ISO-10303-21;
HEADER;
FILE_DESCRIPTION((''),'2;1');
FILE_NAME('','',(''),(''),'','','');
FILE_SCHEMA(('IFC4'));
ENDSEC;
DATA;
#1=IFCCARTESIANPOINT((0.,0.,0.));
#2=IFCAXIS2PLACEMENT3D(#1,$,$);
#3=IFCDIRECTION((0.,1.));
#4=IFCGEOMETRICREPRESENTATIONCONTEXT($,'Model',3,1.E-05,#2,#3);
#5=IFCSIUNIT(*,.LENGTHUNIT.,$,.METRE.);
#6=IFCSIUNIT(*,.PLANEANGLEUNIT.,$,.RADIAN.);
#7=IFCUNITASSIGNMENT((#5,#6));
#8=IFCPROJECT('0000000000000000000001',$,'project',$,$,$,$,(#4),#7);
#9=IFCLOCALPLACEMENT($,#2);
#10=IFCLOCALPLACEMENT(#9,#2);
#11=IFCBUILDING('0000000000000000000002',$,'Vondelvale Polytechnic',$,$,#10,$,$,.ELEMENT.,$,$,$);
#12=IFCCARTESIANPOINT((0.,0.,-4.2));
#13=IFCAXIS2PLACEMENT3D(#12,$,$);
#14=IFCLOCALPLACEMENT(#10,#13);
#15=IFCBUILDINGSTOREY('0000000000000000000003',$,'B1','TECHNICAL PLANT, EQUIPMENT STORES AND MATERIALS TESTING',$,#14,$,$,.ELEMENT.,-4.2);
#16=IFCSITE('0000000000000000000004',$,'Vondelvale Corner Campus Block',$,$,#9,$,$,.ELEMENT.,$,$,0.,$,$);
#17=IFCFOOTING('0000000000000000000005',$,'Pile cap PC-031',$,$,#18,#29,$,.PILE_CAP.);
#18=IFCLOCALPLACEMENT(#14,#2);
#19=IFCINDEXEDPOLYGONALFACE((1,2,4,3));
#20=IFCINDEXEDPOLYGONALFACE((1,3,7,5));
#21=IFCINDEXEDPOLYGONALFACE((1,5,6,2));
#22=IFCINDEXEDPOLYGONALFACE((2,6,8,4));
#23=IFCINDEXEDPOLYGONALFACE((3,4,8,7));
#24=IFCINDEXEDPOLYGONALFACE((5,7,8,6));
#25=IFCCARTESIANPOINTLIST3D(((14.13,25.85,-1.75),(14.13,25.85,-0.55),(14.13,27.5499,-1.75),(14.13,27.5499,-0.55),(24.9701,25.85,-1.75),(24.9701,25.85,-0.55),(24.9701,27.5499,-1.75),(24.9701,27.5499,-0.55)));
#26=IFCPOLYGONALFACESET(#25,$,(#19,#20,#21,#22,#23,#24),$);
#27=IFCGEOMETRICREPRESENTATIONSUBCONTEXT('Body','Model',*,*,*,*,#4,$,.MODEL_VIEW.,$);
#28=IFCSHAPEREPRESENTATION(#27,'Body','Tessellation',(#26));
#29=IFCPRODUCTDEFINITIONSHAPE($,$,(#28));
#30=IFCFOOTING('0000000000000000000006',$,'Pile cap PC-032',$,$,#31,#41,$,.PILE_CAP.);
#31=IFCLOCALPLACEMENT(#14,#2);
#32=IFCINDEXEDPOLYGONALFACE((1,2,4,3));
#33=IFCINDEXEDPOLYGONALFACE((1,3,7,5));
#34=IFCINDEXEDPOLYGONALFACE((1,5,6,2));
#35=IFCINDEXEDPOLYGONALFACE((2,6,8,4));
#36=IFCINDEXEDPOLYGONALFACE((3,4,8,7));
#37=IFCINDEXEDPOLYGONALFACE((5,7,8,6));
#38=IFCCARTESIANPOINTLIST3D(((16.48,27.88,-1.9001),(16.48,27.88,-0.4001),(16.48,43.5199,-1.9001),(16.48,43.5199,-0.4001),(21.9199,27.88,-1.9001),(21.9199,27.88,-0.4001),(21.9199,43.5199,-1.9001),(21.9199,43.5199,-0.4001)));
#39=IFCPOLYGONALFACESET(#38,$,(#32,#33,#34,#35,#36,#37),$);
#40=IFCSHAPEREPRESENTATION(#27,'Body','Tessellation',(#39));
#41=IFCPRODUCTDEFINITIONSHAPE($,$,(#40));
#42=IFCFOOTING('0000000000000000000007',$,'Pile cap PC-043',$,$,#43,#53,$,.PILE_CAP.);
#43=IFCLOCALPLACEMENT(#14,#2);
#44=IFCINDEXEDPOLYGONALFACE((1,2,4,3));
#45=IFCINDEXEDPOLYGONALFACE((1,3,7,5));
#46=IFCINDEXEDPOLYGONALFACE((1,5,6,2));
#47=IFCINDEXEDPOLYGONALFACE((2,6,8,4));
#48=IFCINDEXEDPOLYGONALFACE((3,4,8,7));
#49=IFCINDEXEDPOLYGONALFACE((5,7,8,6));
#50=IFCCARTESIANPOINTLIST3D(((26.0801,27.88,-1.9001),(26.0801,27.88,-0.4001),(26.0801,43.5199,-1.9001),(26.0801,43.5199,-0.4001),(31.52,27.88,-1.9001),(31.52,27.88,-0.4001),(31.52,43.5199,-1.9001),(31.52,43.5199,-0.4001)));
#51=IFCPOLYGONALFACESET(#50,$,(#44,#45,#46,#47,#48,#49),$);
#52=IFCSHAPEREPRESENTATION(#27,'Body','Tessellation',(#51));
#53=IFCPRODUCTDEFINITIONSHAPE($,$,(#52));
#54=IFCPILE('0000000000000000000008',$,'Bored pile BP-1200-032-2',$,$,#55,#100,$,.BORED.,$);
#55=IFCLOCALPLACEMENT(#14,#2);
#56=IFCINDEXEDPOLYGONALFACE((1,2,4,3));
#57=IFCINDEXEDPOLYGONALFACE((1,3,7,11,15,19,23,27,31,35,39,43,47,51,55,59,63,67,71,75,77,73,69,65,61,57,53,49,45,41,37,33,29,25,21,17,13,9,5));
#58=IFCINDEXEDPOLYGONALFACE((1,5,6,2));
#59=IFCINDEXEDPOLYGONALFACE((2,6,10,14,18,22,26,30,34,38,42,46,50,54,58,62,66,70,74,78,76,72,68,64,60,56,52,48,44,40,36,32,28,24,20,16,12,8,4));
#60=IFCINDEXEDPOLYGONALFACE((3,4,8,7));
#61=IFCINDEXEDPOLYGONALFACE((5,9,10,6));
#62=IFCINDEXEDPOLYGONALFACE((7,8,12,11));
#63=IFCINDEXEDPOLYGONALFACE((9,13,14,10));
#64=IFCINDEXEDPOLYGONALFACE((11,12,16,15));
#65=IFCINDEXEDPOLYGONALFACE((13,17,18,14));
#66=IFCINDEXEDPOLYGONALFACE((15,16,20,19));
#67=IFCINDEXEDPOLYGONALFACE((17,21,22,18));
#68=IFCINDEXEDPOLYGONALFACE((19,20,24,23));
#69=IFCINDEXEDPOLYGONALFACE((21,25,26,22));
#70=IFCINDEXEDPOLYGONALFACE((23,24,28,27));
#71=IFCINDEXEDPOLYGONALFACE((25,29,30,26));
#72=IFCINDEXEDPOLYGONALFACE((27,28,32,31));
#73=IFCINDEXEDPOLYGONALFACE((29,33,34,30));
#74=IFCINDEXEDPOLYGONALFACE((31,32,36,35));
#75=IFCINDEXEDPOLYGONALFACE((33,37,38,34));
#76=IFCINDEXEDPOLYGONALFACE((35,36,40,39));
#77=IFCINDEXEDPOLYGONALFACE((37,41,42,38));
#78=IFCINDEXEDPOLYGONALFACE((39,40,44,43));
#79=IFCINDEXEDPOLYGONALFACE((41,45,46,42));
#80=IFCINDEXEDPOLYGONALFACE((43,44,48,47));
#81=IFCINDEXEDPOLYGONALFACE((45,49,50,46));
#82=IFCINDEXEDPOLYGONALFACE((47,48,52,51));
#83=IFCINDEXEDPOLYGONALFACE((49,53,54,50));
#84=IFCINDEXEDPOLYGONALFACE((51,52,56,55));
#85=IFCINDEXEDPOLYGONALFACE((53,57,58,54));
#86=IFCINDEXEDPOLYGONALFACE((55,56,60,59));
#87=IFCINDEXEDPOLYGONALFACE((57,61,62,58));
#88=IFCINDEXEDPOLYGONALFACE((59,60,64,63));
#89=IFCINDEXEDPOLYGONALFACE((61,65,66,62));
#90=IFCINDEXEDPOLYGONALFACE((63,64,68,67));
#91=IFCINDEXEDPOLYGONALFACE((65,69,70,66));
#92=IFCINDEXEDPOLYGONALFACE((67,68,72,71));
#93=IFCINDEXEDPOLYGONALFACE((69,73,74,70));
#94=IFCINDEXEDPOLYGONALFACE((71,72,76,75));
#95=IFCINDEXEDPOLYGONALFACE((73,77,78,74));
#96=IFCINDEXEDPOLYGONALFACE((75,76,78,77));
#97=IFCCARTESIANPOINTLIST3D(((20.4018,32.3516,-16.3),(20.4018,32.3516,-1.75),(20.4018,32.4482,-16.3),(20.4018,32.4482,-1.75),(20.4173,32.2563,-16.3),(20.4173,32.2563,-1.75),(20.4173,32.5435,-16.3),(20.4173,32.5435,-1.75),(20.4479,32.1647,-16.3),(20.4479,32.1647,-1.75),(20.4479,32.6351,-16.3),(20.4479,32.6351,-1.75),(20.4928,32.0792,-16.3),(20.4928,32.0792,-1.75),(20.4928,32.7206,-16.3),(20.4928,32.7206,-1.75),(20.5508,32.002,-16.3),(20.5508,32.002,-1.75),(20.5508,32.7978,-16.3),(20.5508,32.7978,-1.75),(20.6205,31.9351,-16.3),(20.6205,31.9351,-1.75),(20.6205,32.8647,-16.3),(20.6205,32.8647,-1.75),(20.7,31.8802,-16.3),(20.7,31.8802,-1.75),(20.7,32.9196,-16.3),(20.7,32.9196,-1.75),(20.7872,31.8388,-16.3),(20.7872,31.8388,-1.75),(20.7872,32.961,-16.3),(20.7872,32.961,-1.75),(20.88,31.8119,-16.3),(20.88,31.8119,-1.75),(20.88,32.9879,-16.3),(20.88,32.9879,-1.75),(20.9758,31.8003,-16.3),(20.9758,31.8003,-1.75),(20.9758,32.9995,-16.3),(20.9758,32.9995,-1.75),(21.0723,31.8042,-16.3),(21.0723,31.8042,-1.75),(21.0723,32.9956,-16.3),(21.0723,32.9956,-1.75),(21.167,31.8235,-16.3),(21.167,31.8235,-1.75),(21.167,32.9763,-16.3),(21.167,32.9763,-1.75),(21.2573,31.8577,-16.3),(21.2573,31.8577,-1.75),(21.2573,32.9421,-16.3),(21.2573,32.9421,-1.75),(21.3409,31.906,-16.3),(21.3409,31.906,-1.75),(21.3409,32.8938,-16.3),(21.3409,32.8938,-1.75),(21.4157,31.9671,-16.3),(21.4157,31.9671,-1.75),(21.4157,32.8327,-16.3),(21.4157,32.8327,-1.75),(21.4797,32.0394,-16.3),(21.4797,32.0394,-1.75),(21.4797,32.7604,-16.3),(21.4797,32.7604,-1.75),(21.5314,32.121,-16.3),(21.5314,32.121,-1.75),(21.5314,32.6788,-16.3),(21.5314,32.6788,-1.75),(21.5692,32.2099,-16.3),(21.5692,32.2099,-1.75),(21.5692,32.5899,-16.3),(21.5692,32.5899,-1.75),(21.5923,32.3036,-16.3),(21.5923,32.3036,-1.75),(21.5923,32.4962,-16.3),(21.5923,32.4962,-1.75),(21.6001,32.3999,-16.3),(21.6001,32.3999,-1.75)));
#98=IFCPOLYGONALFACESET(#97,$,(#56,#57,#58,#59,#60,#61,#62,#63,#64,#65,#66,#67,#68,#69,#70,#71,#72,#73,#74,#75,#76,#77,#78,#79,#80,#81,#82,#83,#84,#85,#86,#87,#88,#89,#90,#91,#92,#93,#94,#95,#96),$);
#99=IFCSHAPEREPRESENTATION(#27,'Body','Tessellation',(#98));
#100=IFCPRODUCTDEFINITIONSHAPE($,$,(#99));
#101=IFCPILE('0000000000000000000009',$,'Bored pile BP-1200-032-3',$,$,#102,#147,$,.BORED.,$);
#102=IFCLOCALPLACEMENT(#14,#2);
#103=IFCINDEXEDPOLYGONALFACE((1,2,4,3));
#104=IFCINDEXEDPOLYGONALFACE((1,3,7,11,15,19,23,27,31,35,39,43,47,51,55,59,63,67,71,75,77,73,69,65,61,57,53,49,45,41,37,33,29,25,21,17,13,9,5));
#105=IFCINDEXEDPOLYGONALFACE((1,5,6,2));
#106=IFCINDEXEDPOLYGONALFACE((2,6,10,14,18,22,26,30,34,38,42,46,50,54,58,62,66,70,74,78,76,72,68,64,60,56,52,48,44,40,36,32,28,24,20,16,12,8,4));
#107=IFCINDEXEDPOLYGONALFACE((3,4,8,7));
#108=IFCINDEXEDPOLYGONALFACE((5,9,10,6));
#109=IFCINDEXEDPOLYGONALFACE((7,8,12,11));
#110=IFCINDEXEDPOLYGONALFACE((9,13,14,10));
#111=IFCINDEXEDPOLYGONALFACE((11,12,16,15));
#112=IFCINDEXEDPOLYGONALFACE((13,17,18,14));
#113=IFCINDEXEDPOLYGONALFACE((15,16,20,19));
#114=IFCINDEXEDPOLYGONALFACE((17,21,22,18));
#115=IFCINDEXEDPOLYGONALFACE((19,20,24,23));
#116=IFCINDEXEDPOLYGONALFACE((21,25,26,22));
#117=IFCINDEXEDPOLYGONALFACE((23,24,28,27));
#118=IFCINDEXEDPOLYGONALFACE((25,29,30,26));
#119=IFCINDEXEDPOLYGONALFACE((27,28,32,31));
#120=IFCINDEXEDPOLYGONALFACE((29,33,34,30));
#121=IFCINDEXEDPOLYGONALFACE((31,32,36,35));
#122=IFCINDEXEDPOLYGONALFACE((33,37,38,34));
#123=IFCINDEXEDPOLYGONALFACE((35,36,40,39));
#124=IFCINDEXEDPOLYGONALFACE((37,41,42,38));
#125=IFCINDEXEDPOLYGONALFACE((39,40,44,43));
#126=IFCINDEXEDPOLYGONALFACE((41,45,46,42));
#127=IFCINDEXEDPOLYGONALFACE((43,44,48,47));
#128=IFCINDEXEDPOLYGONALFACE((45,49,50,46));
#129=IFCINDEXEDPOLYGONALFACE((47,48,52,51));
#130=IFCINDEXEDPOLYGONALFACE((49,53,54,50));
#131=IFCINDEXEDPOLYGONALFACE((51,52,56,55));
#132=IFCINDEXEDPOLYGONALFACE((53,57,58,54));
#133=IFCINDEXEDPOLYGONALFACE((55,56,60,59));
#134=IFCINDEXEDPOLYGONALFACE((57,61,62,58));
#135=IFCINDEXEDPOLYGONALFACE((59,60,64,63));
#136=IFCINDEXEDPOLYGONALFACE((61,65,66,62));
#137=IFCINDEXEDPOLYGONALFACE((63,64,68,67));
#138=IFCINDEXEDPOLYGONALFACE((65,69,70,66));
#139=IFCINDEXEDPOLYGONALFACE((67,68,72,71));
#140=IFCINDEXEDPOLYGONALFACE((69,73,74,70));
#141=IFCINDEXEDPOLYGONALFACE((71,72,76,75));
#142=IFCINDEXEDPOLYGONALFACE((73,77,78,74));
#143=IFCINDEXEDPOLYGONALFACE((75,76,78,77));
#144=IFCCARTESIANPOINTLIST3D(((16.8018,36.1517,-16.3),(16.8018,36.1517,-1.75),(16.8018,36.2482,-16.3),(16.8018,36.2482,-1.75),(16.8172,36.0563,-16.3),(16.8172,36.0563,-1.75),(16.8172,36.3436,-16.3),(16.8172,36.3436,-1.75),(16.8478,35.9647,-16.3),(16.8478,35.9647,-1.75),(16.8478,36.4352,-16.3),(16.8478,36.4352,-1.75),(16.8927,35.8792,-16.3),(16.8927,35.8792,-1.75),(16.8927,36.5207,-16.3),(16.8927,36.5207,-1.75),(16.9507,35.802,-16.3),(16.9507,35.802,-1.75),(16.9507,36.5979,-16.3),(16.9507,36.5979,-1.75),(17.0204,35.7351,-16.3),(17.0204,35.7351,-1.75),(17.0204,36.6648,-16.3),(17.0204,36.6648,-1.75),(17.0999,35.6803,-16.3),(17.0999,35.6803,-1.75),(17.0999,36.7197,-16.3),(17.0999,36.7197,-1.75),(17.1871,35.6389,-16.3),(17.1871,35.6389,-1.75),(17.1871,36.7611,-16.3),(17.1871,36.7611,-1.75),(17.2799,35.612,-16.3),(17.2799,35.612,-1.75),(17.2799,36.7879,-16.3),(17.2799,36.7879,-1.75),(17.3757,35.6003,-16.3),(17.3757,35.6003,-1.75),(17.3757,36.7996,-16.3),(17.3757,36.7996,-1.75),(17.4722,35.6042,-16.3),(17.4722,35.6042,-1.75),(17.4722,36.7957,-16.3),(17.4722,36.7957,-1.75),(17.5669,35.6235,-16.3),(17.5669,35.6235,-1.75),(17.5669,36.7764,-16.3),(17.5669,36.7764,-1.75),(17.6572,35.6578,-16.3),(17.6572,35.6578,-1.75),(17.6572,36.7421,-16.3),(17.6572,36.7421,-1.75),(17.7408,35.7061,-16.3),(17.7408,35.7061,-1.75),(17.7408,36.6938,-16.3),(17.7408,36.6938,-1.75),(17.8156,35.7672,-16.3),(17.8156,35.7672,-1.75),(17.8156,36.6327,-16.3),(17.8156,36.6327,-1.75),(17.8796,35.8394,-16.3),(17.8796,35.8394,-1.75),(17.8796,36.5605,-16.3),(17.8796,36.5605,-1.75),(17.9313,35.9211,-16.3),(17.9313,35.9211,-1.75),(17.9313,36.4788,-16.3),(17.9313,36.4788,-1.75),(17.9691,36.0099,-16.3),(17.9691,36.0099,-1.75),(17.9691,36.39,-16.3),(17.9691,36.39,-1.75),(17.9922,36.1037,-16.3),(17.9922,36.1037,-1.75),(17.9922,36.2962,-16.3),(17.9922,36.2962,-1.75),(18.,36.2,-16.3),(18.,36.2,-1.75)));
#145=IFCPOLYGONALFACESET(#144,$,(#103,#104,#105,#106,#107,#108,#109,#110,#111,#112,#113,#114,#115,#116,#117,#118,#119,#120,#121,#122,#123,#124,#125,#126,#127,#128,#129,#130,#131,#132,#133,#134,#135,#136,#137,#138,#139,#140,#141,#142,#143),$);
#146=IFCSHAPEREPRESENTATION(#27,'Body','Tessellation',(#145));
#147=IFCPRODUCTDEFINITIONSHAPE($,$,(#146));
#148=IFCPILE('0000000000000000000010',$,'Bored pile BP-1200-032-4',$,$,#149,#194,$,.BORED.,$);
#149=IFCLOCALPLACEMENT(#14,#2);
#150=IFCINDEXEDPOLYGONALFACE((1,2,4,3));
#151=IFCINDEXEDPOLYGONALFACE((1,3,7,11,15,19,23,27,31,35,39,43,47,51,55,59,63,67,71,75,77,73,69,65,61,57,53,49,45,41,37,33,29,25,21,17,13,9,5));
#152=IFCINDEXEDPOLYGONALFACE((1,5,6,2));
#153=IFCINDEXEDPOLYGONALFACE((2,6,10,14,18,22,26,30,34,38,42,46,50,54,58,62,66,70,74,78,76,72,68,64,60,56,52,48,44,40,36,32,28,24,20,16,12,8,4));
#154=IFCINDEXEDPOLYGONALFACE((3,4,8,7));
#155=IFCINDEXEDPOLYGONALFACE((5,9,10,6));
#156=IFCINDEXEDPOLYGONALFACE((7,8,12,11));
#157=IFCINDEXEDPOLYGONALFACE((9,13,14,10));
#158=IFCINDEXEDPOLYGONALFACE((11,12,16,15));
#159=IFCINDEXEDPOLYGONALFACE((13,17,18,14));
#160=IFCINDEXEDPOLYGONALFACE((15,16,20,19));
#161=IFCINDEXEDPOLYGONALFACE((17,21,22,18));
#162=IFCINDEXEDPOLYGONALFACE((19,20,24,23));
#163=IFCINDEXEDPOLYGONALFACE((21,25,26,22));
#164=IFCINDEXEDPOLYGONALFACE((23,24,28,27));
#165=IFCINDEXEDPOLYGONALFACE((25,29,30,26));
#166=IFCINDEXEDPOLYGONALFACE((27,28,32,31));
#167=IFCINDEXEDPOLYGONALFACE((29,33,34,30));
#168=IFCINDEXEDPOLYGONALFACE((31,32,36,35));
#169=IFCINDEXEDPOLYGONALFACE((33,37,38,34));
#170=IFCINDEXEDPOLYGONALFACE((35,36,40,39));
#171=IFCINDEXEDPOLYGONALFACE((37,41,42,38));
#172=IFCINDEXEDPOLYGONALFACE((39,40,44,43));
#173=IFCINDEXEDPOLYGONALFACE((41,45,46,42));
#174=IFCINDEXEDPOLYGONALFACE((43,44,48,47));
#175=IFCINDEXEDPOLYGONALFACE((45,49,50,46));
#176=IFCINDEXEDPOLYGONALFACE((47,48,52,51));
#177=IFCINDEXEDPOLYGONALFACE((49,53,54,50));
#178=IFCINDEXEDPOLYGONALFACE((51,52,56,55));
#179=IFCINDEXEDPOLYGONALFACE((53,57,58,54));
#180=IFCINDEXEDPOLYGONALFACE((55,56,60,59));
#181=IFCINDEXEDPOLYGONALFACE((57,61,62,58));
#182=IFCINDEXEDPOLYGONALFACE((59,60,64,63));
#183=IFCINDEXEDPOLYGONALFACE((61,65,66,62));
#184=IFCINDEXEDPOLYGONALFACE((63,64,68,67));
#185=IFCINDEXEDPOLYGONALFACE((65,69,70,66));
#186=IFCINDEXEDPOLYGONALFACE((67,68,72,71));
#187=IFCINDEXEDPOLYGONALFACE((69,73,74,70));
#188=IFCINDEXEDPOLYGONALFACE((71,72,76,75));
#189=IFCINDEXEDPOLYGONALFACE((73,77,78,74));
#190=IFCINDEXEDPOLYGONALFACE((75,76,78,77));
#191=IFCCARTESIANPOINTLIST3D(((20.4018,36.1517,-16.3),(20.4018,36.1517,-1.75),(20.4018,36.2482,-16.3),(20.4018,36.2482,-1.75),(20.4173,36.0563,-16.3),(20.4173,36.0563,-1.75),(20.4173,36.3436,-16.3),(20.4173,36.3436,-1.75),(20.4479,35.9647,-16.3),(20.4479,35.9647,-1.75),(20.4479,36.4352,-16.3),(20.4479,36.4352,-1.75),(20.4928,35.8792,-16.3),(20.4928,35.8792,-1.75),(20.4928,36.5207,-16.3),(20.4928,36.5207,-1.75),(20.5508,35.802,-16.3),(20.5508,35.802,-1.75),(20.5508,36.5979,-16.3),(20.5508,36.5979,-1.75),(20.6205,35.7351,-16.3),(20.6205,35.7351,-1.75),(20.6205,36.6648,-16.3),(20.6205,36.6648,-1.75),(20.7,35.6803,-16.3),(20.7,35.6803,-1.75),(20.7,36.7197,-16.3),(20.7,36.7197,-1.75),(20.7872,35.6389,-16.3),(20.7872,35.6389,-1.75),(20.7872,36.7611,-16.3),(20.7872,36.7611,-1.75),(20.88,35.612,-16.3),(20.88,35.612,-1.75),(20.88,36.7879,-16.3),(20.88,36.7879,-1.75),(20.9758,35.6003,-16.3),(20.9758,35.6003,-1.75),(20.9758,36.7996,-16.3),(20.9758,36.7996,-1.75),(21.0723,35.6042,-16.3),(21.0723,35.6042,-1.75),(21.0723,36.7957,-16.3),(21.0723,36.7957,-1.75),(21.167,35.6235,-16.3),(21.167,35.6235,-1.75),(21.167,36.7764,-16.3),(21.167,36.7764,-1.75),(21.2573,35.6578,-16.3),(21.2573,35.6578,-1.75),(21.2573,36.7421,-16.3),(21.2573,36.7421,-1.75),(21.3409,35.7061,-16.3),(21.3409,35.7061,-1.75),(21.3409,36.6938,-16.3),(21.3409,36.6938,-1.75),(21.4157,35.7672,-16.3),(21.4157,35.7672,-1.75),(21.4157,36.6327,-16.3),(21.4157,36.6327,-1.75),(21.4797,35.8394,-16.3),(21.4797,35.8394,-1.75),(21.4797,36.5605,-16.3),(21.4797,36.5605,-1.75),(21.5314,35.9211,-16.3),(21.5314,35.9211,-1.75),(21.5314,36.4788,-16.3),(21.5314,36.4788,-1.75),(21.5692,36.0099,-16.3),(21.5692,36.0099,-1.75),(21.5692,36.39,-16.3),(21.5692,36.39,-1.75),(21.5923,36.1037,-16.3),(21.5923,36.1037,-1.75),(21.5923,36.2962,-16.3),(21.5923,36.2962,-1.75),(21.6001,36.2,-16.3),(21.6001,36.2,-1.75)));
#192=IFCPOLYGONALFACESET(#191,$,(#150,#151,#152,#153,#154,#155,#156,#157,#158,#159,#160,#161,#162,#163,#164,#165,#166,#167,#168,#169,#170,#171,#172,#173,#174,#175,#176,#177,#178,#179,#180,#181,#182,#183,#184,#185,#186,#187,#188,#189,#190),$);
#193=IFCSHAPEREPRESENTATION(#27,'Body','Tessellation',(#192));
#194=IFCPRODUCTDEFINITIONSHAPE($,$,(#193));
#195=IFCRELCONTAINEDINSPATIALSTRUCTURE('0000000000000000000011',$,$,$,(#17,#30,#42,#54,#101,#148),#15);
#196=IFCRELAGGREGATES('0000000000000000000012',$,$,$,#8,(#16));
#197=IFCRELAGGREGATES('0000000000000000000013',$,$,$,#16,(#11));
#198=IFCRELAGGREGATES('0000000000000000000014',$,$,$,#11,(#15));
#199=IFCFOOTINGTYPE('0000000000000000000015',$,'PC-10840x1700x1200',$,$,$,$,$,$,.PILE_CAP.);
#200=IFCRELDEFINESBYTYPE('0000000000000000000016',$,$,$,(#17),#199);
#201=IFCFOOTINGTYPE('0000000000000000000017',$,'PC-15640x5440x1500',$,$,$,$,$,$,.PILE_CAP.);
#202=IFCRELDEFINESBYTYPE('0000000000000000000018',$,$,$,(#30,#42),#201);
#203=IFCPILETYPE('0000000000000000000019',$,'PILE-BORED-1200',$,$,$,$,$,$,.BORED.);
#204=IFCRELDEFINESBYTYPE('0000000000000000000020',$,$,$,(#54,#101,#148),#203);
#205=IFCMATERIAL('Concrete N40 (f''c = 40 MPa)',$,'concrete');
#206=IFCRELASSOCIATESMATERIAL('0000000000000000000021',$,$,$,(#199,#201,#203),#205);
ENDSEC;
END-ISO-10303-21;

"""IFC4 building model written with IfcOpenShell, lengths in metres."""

from ifc_helpers import new_model, si_unit, direction, frame, origin, origin_2d, place, context, subcontext, project, spatial, rectangle, circle, extrude, material, material_profile, profile_set, type_object, element, save


model = new_model("IFC4")

# Units and contexts
model_context = context("Model", 3, precision=1e-05, world=origin(), true_north=direction((0.0, 1.0)))
body_context = subcontext(model_context, "Body", "Model", "MODEL_VIEW")
ifc_project = project(units=[si_unit("LENGTHUNIT", "METRE"), si_unit("PLANEANGLEUNIT", "RADIAN")], contexts=[model_context])

# Site, building, storey
site_placement = place(None, origin())
site = spatial("IfcSite", under=ifc_project, at=site_placement, Name="Vondelvale Corner Campus Block", CompositionType="ELEMENT", RefElevation=0.0)
building_placement = place(site_placement, origin())
building = spatial("IfcBuilding", under=site, at=building_placement, Name="Vondelvale Polytechnic", CompositionType="ELEMENT")
storey_placement = place(building_placement, frame((0.0, 0.0, -4.2)))
storey = spatial("IfcBuildingStorey", under=building, at=storey_placement, Name="B1", Description="TECHNICAL PLANT, EQUIPMENT STORES AND MATERIALS TESTING", CompositionType="ELEMENT", Elevation=-4.2)

# Footings
ifc_material_1 = material(Name="Concrete N40 (f'c = 40 MPa)", Category="concrete")
footing_type_1 = type_object("IfcFootingType", Name="PC-10840x1700x1200", PredefinedType="PILE_CAP", material=ifc_material_1)
footing_placement = place(storey_placement, frame((19.55, 26.7, -1.75), z_axis=(0.0, 0.0, 1.0), x_axis=(1.0, 0.0, 0.0)))
element("IfcFooting", 1, at=footing_placement, inside=storey, type_object=footing_type_1, Name="Pile cap PC-031", PredefinedType="PILE_CAP", context=body_context, shape_type="SweptSolid", body=[
    extrude(rectangle(XDim=10.8401, YDim=1.7, at=origin_2d()), origin(), (0.0, 0.0, 1.0), 1.2),
])
footing_type_2 = type_object("IfcFootingType", Name="PC-15640x5440x1500", PredefinedType="PILE_CAP", material=ifc_material_1)
for number, where, z_axis, x_axis, name in (
    (2, (19.2, 35.7, -1.9001), (0.0, 0.0, 1.0), (1.0, 0.0, 0.0), "Pile cap PC-032"),
    (3, (28.8, 35.7, -1.9001), (0.0, 0.0, 1.0), (1.0, 0.0, 0.0), "Pile cap PC-043"),
):
    element("IfcFooting", number, at=place(storey_placement, frame(where, z_axis=z_axis, x_axis=x_axis)), inside=storey, type_object=footing_type_2, Name=name, PredefinedType="PILE_CAP", context=body_context, shape_type="SweptSolid", body=[
        extrude(rectangle(XDim=5.4399, YDim=15.6399, at=origin_2d()), origin(), (0.0, 0.0, 1.0), 1.5),
    ])

# Piles
ifc_material_profile_1 = material_profile(ifc_material_1, circle(Radius=0.6001, at=origin_2d()), Name="PILE-D1200")
ifc_profile_set_1 = profile_set([ifc_material_profile_1], Name="Concrete N40 (f'c = 40 MPa)")
pile_type_1 = type_object("IfcPileType", Name="PILE-BORED-1200", PredefinedType="BORED", material=ifc_profile_set_1)
for number, where, z_axis, x_axis, name in (
    (4, (21.0, 32.3999, -1.75), (0.0, 0.0, -1.0), (1.0, 0.0, 0.0), "Bored pile BP-1200-032-2"),
    (5, (17.3999, 36.2, -1.75), (0.0, 0.0, -1.0), (1.0, 0.0, 0.0), "Bored pile BP-1200-032-3"),
    (6, (21.0, 36.2, -1.75), (0.0, 0.0, -1.0), (1.0, 0.0, 0.0), "Bored pile BP-1200-032-4"),
):
    element("IfcPile", number, at=place(storey_placement, frame(where, z_axis=z_axis, x_axis=x_axis)), inside=storey, type_object=pile_type_1, Name=name, PredefinedType="BORED", context=body_context, shape_type="SweptSolid", body=[
        extrude(circle(Radius=0.6001, at=origin_2d()), origin(), (0.0, 0.0, 1.0), 14.55),
    ])

save(model, "model.ifc")
